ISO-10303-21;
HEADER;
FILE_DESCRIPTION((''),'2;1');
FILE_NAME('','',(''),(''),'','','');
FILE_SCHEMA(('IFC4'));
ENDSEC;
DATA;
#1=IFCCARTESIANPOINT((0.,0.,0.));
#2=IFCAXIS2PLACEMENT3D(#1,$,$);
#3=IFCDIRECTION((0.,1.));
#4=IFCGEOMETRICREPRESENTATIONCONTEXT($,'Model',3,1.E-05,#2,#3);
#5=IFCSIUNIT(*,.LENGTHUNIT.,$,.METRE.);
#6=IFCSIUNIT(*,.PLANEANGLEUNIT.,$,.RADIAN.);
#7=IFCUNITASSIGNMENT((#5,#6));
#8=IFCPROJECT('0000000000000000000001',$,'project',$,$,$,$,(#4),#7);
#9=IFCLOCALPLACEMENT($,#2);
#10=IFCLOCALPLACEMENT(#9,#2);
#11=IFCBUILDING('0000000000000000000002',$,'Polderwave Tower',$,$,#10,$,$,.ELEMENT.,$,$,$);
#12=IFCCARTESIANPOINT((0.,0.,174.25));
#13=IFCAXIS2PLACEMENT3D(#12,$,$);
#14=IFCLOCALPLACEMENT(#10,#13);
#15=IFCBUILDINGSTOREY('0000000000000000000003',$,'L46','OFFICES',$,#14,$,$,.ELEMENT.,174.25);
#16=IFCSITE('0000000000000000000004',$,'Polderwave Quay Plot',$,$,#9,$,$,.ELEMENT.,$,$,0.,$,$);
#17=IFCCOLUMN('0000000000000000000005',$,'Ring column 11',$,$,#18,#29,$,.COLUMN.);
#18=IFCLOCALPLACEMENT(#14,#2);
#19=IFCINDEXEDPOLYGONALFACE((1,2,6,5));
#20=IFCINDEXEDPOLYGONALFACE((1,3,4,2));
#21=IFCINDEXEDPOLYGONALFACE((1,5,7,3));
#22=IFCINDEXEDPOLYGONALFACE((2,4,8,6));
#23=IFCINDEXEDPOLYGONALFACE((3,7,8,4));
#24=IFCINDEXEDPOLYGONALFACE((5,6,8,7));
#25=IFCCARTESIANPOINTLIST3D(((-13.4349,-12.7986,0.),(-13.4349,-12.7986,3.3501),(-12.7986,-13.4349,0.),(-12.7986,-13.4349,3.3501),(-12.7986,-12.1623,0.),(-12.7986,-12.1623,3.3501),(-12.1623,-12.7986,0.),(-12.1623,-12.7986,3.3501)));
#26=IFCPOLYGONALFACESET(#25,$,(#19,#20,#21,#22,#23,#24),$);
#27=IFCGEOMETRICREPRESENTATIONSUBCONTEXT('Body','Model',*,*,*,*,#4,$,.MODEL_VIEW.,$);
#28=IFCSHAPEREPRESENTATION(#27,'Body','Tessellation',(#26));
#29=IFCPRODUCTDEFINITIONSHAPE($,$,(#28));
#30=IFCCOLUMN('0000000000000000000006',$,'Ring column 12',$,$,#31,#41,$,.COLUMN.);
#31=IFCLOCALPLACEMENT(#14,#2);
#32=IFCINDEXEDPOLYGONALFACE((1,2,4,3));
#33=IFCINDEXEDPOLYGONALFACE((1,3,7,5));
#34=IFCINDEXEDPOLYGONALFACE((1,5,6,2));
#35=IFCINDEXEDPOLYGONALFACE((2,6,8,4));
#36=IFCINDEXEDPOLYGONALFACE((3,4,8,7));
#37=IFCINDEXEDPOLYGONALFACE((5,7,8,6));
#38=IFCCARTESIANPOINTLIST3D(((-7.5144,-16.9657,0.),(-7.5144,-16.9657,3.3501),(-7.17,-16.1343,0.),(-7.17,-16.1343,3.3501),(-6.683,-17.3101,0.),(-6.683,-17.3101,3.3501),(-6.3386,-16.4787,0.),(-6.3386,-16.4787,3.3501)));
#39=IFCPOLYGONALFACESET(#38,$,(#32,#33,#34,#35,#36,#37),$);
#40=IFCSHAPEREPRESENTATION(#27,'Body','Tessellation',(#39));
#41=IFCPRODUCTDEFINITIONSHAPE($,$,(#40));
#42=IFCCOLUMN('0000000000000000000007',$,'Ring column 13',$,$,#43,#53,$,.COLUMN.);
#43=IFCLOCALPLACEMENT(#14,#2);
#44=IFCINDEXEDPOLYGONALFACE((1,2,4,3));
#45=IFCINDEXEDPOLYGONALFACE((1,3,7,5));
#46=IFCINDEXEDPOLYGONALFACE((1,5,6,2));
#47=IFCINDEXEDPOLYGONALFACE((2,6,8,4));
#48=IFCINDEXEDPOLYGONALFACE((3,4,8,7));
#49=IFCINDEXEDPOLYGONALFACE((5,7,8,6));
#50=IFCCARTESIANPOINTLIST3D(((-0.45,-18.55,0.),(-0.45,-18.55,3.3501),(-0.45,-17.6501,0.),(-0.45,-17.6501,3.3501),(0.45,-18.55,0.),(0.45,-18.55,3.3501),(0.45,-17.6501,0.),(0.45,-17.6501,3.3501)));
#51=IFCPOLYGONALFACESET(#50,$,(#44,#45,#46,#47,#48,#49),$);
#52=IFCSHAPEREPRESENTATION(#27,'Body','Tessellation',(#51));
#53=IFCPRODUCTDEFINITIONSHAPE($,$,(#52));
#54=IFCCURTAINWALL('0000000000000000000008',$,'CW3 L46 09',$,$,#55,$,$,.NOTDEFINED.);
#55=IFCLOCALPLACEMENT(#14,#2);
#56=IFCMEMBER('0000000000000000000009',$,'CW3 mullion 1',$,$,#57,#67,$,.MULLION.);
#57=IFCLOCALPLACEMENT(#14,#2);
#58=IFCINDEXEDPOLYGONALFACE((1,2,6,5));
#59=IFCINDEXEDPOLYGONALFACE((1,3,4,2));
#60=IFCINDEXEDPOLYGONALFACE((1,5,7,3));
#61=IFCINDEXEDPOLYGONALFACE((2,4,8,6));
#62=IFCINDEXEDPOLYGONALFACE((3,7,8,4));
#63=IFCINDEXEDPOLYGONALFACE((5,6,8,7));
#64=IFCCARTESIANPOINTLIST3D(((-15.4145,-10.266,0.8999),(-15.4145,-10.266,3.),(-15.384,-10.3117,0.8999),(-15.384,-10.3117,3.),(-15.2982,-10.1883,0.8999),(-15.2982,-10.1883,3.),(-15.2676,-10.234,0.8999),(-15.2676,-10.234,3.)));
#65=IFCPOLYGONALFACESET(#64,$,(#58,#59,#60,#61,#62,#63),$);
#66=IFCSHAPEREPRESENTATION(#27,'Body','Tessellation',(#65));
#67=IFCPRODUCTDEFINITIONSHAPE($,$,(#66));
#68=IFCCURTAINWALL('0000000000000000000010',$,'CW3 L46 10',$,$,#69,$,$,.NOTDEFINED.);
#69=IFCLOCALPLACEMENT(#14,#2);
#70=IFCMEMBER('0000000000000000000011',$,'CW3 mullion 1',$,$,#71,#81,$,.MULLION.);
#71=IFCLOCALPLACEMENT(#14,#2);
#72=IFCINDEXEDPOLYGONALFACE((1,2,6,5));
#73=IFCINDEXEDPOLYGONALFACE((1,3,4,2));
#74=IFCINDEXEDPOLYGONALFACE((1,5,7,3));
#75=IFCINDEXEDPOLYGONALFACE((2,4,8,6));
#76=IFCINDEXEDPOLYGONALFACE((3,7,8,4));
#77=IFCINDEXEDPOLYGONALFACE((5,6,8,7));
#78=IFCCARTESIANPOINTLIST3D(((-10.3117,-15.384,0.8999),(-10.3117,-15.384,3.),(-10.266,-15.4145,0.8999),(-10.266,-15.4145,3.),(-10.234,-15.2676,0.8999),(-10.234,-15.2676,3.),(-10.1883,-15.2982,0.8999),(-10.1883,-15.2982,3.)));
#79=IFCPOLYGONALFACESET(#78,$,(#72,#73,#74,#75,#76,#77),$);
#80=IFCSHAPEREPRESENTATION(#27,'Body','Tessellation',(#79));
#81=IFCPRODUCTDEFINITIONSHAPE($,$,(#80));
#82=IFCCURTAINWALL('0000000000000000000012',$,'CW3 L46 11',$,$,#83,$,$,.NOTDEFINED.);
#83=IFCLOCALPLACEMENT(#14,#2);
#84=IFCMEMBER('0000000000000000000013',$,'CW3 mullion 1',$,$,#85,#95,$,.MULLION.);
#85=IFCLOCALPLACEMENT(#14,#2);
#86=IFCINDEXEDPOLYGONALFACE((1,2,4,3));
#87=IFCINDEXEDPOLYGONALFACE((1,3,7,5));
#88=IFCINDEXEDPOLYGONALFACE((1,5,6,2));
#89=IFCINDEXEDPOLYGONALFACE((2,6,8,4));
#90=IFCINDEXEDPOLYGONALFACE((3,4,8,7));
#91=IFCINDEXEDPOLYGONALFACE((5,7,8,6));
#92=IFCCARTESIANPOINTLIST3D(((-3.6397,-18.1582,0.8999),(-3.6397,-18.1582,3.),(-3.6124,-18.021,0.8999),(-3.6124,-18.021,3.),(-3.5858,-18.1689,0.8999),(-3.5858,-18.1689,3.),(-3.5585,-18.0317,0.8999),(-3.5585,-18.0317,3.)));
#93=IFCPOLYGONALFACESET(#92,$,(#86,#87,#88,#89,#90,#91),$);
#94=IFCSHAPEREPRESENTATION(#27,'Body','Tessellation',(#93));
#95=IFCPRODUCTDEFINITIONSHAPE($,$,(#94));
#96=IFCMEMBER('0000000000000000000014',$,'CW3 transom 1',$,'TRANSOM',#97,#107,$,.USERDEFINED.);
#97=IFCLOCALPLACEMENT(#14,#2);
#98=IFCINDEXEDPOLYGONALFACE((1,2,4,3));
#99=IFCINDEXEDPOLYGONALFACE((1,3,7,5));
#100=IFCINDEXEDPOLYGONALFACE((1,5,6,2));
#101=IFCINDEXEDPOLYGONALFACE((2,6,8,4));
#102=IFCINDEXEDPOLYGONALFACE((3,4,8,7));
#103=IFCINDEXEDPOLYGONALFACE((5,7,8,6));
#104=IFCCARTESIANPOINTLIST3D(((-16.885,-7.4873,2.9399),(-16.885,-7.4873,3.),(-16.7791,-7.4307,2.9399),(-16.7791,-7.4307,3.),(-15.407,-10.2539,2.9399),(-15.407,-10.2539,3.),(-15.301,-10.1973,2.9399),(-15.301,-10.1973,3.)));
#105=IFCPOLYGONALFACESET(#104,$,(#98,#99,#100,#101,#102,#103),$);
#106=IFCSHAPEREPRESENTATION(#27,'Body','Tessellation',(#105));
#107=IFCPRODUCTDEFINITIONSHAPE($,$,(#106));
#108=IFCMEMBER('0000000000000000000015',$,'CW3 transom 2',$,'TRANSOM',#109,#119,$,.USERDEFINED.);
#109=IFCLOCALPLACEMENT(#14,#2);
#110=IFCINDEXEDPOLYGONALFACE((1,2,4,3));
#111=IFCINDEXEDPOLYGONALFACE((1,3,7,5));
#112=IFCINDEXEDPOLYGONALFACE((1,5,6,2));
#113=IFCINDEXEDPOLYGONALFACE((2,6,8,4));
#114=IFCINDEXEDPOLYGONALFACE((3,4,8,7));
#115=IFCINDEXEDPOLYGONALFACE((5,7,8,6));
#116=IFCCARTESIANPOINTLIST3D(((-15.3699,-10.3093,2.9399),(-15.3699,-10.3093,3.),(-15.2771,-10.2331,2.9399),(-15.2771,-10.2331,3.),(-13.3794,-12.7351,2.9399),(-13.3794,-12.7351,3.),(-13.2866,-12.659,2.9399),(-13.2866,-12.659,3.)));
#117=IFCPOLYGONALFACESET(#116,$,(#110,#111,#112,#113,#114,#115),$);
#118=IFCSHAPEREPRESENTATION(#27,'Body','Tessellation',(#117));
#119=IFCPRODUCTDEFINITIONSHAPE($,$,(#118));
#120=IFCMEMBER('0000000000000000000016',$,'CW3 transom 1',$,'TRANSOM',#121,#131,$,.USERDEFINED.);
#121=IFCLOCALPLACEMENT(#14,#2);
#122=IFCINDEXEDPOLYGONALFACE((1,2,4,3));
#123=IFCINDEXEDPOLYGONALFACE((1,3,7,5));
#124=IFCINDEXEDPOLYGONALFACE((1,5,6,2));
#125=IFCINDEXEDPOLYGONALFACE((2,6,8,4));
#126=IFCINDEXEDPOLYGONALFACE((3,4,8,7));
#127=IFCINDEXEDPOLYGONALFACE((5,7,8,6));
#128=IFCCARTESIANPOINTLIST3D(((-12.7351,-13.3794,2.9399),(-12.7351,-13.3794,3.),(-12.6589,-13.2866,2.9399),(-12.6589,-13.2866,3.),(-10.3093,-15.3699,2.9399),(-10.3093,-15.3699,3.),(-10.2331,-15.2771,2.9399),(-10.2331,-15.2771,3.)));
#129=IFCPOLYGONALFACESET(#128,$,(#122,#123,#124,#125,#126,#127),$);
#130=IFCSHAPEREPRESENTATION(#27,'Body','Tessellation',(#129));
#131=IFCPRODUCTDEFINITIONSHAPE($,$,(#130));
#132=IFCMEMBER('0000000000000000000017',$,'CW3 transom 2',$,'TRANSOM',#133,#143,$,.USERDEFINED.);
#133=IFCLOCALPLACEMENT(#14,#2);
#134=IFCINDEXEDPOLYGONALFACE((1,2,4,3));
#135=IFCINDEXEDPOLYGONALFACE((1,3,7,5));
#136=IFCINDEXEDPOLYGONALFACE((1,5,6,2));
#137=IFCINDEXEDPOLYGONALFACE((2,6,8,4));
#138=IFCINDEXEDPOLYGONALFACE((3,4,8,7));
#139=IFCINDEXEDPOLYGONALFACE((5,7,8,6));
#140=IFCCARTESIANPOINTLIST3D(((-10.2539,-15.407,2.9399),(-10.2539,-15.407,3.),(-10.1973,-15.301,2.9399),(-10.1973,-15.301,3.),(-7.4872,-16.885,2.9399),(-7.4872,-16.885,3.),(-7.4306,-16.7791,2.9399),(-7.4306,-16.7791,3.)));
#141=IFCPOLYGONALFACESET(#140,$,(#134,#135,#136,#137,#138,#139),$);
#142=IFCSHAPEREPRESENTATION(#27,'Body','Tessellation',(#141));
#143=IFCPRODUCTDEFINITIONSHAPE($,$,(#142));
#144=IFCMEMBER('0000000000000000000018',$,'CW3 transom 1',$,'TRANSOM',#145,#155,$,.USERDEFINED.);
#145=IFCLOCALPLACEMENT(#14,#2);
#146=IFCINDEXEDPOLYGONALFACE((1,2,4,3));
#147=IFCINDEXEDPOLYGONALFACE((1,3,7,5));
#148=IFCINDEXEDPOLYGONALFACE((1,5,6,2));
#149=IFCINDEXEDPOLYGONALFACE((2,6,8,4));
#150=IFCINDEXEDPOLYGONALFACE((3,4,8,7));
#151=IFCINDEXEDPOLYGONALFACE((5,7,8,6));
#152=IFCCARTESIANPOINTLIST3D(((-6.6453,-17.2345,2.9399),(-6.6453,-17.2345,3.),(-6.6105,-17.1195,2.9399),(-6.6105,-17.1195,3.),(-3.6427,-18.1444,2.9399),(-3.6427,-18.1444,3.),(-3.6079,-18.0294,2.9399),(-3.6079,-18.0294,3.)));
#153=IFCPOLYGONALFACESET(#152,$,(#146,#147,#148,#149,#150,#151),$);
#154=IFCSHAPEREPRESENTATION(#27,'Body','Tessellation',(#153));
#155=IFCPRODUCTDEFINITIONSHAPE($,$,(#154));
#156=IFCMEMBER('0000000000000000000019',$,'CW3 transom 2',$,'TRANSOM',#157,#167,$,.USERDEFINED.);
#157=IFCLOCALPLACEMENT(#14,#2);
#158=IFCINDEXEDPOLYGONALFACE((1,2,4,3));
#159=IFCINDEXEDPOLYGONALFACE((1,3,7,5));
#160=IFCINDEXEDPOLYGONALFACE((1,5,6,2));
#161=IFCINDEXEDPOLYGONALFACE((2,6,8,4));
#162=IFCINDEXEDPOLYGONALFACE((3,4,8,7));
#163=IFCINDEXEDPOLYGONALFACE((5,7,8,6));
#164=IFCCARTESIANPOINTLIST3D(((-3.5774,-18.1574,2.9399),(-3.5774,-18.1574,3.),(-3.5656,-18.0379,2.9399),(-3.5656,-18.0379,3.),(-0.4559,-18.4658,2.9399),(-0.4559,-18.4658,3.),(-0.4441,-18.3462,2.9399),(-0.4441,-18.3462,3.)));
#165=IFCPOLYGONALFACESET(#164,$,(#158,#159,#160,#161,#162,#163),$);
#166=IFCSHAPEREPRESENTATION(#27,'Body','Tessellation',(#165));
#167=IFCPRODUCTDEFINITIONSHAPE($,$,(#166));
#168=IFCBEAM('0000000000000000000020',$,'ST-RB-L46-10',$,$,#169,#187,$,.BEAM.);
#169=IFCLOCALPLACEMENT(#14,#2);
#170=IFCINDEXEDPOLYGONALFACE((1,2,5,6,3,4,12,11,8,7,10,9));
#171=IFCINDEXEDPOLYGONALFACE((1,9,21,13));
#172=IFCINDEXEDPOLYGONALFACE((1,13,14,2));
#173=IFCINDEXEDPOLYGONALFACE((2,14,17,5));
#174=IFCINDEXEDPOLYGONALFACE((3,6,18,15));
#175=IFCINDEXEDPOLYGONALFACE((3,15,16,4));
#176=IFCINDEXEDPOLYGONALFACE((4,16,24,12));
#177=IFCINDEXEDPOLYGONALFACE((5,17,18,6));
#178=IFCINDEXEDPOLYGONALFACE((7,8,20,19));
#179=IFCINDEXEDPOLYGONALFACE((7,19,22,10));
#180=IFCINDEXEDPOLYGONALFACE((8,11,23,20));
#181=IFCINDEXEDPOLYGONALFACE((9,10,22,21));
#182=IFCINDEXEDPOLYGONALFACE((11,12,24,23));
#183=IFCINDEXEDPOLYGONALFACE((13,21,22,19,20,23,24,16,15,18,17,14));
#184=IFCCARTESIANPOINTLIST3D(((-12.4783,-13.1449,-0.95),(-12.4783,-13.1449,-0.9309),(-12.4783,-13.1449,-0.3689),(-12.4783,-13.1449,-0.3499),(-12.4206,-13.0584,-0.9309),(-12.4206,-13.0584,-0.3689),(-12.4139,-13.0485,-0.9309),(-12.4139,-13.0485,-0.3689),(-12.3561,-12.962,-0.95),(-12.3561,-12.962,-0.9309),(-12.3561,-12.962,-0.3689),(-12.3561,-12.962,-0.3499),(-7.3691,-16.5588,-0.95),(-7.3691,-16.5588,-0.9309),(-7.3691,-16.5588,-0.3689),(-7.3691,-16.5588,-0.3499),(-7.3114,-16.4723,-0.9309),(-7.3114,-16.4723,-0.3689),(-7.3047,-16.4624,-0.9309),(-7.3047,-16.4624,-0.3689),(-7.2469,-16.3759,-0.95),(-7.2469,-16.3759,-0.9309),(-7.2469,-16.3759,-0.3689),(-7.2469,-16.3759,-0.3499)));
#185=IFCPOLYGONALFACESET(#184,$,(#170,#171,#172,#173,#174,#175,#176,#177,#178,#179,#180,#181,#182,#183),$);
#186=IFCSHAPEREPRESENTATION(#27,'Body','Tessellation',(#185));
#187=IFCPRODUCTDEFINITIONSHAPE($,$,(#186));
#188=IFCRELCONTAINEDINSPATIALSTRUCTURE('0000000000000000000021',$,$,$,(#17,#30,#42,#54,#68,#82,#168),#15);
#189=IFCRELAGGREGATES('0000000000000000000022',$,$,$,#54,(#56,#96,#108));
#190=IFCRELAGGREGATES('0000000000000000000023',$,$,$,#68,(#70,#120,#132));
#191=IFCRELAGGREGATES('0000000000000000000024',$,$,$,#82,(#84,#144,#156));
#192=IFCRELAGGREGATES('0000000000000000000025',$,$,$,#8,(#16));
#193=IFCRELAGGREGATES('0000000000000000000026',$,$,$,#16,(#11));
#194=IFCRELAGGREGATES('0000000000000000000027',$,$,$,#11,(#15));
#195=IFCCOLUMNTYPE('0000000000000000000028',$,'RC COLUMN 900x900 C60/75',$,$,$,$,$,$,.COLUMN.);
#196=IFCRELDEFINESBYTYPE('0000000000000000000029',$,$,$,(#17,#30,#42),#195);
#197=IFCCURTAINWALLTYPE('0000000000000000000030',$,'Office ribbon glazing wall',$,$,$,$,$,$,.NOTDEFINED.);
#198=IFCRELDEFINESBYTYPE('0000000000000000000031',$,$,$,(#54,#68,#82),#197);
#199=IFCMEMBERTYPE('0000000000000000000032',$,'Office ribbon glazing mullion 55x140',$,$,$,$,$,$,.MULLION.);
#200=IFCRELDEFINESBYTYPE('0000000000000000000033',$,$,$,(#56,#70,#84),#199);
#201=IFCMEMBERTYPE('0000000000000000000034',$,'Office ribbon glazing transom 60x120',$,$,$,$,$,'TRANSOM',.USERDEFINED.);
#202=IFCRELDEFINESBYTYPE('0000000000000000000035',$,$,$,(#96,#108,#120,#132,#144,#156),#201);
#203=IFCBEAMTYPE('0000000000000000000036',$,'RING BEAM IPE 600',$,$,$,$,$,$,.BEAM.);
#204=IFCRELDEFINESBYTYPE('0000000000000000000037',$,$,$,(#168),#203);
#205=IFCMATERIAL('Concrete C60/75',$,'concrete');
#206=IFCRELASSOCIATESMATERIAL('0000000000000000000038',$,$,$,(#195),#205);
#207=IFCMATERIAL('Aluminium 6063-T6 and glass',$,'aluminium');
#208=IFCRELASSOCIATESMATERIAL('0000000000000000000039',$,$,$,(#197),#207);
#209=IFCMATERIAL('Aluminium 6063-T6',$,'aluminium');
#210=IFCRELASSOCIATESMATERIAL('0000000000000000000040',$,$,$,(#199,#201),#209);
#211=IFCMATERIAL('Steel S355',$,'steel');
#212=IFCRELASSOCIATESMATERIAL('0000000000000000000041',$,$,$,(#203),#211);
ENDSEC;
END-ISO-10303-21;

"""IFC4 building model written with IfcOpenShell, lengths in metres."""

from ifc_helpers import new_model, si_unit, direction, frame, origin, origin_2d, place, context, subcontext, project, spatial, rectangle, i_section, extrude, material, material_profile, profile_set, type_object, element, aggregate, save


model = new_model("IFC4")

# Units and contexts
model_context = context("Model", 3, precision=1e-05, world=origin(), true_north=direction((0.0, 1.0)))
body_context = subcontext(model_context, "Body", "Model", "MODEL_VIEW")
ifc_project = project(units=[si_unit("LENGTHUNIT", "METRE"), si_unit("PLANEANGLEUNIT", "RADIAN")], contexts=[model_context])

# Site, building, storey
site_placement = place(None, origin())
site = spatial("IfcSite", under=ifc_project, at=site_placement, Name="Polderwave Quay Plot", CompositionType="ELEMENT", RefElevation=0.0)
building_placement = place(site_placement, origin())
building = spatial("IfcBuilding", under=site, at=building_placement, Name="Polderwave Tower", CompositionType="ELEMENT")
storey_placement = place(building_placement, frame((0.0, 0.0, 174.25)))
storey = spatial("IfcBuildingStorey", under=building, at=storey_placement, Name="L46", Description="OFFICES", CompositionType="ELEMENT", Elevation=174.25)

# Columns
ifc_material_1 = material(Name="Concrete C60/75", Category="concrete")
ifc_material_profile_1 = material_profile(ifc_material_1, rectangle(XDim=0.8999, YDim=0.8999, at=origin_2d()), Name="RC 900x900")
ifc_profile_set_1 = profile_set([ifc_material_profile_1], Name="Concrete C60/75")
column_type = type_object("IfcColumnType", Name="RC COLUMN 900x900 C60/75", PredefinedType="COLUMN", material=ifc_profile_set_1)
for number, where, z_axis, x_axis, name in (
    (1, (-12.7986, -12.7986, 0.0), (0.0, 0.0, 1.0), (-0.707107, -0.707107, 0.0), "Ring column 11"),
    (2, (-6.9265, -16.7222, 0.0), (0.0, 0.0, 1.0), (-0.382683, -0.92388, 0.0), "Ring column 12"),
    (3, (0.0, -18.1001, 0.0), (0.0, 0.0, 1.0), (0.0, -1.0, 0.0), "Ring column 13"),
):
    element("IfcColumn", number, at=place(storey_placement, frame(where, z_axis=z_axis, x_axis=x_axis)), inside=storey, type_object=column_type, Name=name, PredefinedType="COLUMN", context=body_context, shape_type="SweptSolid", body=[
        extrude(rectangle(XDim=0.8999, YDim=0.8999, at=origin_2d()), origin(), (0.0, 0.0, 1.0), 3.3501),
    ])

# Curtain walls, members
ifc_material_2 = material(Name="Aluminium 6063-T6 and glass", Category="aluminium")
curtain_wall_type = type_object("IfcCurtainWallType", Name="Office ribbon glazing wall", PredefinedType="NOTDEFINED", material=ifc_material_2)
curtain_wall_1_placement = place(storey_placement, origin())
curtain_wall_1 = element("IfcCurtainWall", 4, at=curtain_wall_1_placement, inside=storey, type_object=curtain_wall_type, Name="CW3 L46 09", PredefinedType="NOTDEFINED")
ifc_material_3 = material(Name="Aluminium 6063-T6", Category="aluminium")
ifc_material_profile_2 = material_profile(ifc_material_3, rectangle(XDim=0.1399, YDim=0.0549, at=origin_2d()), Name="AL 55x140")
ifc_profile_set_2 = profile_set([ifc_material_profile_2], Name="Aluminium 6063-T6")
member_type_1 = type_object("IfcMemberType", Name="Office ribbon glazing mullion 55x140", PredefinedType="MULLION", material=ifc_profile_set_2)
member_1_placement = place(storey_placement, frame((-15.3411, -10.25, 0.8999), z_axis=(0.0, 0.0, 1.0), x_axis=(0.831547, 0.555454, 0.0)))
member_1 = element("IfcMember", 5, at=member_1_placement, type_object=member_type_1, Name="CW3 mullion 1", PredefinedType="MULLION", context=body_context, shape_type="SweptSolid", body=[
    extrude(rectangle(XDim=0.1399, YDim=0.0549, at=origin_2d()), origin(), (0.0, 0.0, 1.0), 2.1001),
])
curtain_wall_2_placement = place(storey_placement, origin())
curtain_wall_2 = element("IfcCurtainWall", 6, at=curtain_wall_2_placement, inside=storey, type_object=curtain_wall_type, Name="CW3 L46 10", PredefinedType="NOTDEFINED")
member_2_placement = place(storey_placement, frame((-10.25, -15.3411, 0.8999), z_axis=(0.0, 0.0, 1.0), x_axis=(0.555454, 0.831547, 0.0)))
member_2 = element("IfcMember", 7, at=member_2_placement, type_object=member_type_1, Name="CW3 mullion 1", PredefinedType="MULLION", context=body_context, shape_type="SweptSolid", body=[
    extrude(rectangle(XDim=0.1399, YDim=0.0549, at=origin_2d()), origin(), (0.0, 0.0, 1.0), 2.1001),
])
curtain_wall_3_placement = place(storey_placement, origin())
curtain_wall_3 = element("IfcCurtainWall", 8, at=curtain_wall_3_placement, inside=storey, type_object=curtain_wall_type, Name="CW3 L46 11", PredefinedType="NOTDEFINED")
member_3_placement = place(storey_placement, frame((-3.5991, -18.095, 0.8999), z_axis=(0.0, 0.0, 1.0), x_axis=(0.195097, 0.980784, 0.0)))
member_3 = element("IfcMember", 9, at=member_3_placement, type_object=member_type_1, Name="CW3 mullion 1", PredefinedType="MULLION", context=body_context, shape_type="SweptSolid", body=[
    extrude(rectangle(XDim=0.1399, YDim=0.0549, at=origin_2d()), origin(), (0.0, 0.0, 1.0), 2.1001),
])

# Members
ifc_material_profile_3 = material_profile(ifc_material_3, rectangle(XDim=0.1201, YDim=0.0601, at=origin_2d()), Name="AL 60x120")
ifc_profile_set_3 = profile_set([ifc_material_profile_3], Name="Aluminium 6063-T6")
member_type_2 = type_object("IfcMemberType", Name="Office ribbon glazing transom 60x120", ElementType="TRANSOM", PredefinedType="USERDEFINED", material=ifc_profile_set_3)
member_4_placement = place(storey_placement, frame((-16.832, -7.459, 2.97), z_axis=(0.47121, -0.882021, 0.0), x_axis=(0.882021, 0.47121, 0.0)))
member_4 = element("IfcMember", 10, at=member_4_placement, type_object=member_type_2, Name="CW3 transom 1", ObjectType="TRANSOM", PredefinedType="USERDEFINED", context=body_context, shape_type="SweptSolid", body=[
    extrude(rectangle(XDim=0.1201, YDim=0.0601, at=origin_2d()), origin(), (0.0, 0.0, 1.0), 3.1367),
])
member_5_placement = place(storey_placement, frame((-15.3235, -10.2712, 2.97), z_axis=(0.634334, -0.773059, 0.0), x_axis=(0.773059, 0.634334, 0.0)))
member_5 = element("IfcMember", 11, at=member_5_placement, type_object=member_type_2, Name="CW3 transom 2", ObjectType="TRANSOM", PredefinedType="USERDEFINED", context=body_context, shape_type="SweptSolid", body=[
    extrude(rectangle(XDim=0.1201, YDim=0.0601, at=origin_2d()), origin(), (0.0, 0.0, 1.0), 3.1379),
])
member_6_placement = place(storey_placement, frame((-12.697, -13.333, 2.97), z_axis=(0.773059, -0.634334, 0.0), x_axis=(0.634334, 0.773059, 0.0)))
member_6 = element("IfcMember", 12, at=member_6_placement, type_object=member_type_2, Name="CW3 transom 1", ObjectType="TRANSOM", PredefinedType="USERDEFINED", context=body_context, shape_type="SweptSolid", body=[
    extrude(rectangle(XDim=0.1201, YDim=0.0601, at=origin_2d()), origin(), (0.0, 0.0, 1.0), 3.1379),
])
member_7_placement = place(storey_placement, frame((-10.2256, -15.354, 2.97), z_axis=(0.882021, -0.47121, 0.0), x_axis=(0.47121, 0.882021, 0.0)))
member_7 = element("IfcMember", 13, at=member_7_placement, type_object=member_type_2, Name="CW3 transom 2", ObjectType="TRANSOM", PredefinedType="USERDEFINED", context=body_context, shape_type="SweptSolid", body=[
    extrude(rectangle(XDim=0.1201, YDim=0.0601, at=origin_2d()), origin(), (0.0, 0.0, 1.0), 3.1367),
])
member_8_placement = place(storey_placement, frame((-6.6279, -17.177, 2.97), z_axis=(0.957024, -0.29001, 0.0), x_axis=(0.29001, 0.957024, 0.0)))
member_8 = element("IfcMember", 14, at=member_8_placement, type_object=member_type_2, Name="CW3 transom 1", ObjectType="TRANSOM", PredefinedType="USERDEFINED", context=body_context, shape_type="SweptSolid", body=[
    extrude(rectangle(XDim=0.1201, YDim=0.0601, at=origin_2d()), origin(), (0.0, 0.0, 1.0), 3.1375),
])
member_9_placement = place(storey_placement, frame((-3.5715, -18.0977, 2.97), z_axis=(0.995157, -0.098301, 0.0), x_axis=(0.098301, 0.995157, 0.0)))
member_9 = element("IfcMember", 15, at=member_9_placement, type_object=member_type_2, Name="CW3 transom 2", ObjectType="TRANSOM", PredefinedType="USERDEFINED", context=body_context, shape_type="SweptSolid", body=[
    extrude(rectangle(XDim=0.1201, YDim=0.0601, at=origin_2d()), origin(), (0.0, 0.0, 1.0), 3.1367),
])

# Beam
ifc_material_4 = material(Name="Steel S355", Category="steel")
ifc_material_profile_4 = material_profile(ifc_material_4, i_section(OverallWidth=0.22, OverallDepth=0.6001, WebThickness=0.012, FlangeThickness=0.019, at=origin_2d()), Name="IPE 600")
ifc_profile_set_4 = profile_set([ifc_material_profile_4], Name="Steel S355")
beam_type = type_object("IfcBeamType", Name="RING BEAM IPE 600", PredefinedType="BEAM", material=ifc_profile_set_4)
for number, where, z_axis, x_axis, name in (
    (16, (-12.4172, -13.0535, -0.6499), (0.831469, -0.555571, 0.0), (0.555571, 0.831469, 0.0), "ST-RB-L46-10"),
):
    element("IfcBeam", number, at=place(storey_placement, frame(where, z_axis=z_axis, x_axis=x_axis)), inside=storey, type_object=beam_type, Name=name, PredefinedType="BEAM", context=body_context, shape_type="SweptSolid", body=[
        extrude(i_section(OverallWidth=0.22, OverallDepth=0.6001, WebThickness=0.012, FlangeThickness=0.019, at=origin_2d()), origin(), (0.0, 0.0, 1.0), 6.1448),
    ])

aggregate(curtain_wall_1, [member_1, member_4, member_5])
aggregate(curtain_wall_2, [member_2, member_6, member_7])
aggregate(curtain_wall_3, [member_3, member_8, member_9])

save(model, "model.ifc")
